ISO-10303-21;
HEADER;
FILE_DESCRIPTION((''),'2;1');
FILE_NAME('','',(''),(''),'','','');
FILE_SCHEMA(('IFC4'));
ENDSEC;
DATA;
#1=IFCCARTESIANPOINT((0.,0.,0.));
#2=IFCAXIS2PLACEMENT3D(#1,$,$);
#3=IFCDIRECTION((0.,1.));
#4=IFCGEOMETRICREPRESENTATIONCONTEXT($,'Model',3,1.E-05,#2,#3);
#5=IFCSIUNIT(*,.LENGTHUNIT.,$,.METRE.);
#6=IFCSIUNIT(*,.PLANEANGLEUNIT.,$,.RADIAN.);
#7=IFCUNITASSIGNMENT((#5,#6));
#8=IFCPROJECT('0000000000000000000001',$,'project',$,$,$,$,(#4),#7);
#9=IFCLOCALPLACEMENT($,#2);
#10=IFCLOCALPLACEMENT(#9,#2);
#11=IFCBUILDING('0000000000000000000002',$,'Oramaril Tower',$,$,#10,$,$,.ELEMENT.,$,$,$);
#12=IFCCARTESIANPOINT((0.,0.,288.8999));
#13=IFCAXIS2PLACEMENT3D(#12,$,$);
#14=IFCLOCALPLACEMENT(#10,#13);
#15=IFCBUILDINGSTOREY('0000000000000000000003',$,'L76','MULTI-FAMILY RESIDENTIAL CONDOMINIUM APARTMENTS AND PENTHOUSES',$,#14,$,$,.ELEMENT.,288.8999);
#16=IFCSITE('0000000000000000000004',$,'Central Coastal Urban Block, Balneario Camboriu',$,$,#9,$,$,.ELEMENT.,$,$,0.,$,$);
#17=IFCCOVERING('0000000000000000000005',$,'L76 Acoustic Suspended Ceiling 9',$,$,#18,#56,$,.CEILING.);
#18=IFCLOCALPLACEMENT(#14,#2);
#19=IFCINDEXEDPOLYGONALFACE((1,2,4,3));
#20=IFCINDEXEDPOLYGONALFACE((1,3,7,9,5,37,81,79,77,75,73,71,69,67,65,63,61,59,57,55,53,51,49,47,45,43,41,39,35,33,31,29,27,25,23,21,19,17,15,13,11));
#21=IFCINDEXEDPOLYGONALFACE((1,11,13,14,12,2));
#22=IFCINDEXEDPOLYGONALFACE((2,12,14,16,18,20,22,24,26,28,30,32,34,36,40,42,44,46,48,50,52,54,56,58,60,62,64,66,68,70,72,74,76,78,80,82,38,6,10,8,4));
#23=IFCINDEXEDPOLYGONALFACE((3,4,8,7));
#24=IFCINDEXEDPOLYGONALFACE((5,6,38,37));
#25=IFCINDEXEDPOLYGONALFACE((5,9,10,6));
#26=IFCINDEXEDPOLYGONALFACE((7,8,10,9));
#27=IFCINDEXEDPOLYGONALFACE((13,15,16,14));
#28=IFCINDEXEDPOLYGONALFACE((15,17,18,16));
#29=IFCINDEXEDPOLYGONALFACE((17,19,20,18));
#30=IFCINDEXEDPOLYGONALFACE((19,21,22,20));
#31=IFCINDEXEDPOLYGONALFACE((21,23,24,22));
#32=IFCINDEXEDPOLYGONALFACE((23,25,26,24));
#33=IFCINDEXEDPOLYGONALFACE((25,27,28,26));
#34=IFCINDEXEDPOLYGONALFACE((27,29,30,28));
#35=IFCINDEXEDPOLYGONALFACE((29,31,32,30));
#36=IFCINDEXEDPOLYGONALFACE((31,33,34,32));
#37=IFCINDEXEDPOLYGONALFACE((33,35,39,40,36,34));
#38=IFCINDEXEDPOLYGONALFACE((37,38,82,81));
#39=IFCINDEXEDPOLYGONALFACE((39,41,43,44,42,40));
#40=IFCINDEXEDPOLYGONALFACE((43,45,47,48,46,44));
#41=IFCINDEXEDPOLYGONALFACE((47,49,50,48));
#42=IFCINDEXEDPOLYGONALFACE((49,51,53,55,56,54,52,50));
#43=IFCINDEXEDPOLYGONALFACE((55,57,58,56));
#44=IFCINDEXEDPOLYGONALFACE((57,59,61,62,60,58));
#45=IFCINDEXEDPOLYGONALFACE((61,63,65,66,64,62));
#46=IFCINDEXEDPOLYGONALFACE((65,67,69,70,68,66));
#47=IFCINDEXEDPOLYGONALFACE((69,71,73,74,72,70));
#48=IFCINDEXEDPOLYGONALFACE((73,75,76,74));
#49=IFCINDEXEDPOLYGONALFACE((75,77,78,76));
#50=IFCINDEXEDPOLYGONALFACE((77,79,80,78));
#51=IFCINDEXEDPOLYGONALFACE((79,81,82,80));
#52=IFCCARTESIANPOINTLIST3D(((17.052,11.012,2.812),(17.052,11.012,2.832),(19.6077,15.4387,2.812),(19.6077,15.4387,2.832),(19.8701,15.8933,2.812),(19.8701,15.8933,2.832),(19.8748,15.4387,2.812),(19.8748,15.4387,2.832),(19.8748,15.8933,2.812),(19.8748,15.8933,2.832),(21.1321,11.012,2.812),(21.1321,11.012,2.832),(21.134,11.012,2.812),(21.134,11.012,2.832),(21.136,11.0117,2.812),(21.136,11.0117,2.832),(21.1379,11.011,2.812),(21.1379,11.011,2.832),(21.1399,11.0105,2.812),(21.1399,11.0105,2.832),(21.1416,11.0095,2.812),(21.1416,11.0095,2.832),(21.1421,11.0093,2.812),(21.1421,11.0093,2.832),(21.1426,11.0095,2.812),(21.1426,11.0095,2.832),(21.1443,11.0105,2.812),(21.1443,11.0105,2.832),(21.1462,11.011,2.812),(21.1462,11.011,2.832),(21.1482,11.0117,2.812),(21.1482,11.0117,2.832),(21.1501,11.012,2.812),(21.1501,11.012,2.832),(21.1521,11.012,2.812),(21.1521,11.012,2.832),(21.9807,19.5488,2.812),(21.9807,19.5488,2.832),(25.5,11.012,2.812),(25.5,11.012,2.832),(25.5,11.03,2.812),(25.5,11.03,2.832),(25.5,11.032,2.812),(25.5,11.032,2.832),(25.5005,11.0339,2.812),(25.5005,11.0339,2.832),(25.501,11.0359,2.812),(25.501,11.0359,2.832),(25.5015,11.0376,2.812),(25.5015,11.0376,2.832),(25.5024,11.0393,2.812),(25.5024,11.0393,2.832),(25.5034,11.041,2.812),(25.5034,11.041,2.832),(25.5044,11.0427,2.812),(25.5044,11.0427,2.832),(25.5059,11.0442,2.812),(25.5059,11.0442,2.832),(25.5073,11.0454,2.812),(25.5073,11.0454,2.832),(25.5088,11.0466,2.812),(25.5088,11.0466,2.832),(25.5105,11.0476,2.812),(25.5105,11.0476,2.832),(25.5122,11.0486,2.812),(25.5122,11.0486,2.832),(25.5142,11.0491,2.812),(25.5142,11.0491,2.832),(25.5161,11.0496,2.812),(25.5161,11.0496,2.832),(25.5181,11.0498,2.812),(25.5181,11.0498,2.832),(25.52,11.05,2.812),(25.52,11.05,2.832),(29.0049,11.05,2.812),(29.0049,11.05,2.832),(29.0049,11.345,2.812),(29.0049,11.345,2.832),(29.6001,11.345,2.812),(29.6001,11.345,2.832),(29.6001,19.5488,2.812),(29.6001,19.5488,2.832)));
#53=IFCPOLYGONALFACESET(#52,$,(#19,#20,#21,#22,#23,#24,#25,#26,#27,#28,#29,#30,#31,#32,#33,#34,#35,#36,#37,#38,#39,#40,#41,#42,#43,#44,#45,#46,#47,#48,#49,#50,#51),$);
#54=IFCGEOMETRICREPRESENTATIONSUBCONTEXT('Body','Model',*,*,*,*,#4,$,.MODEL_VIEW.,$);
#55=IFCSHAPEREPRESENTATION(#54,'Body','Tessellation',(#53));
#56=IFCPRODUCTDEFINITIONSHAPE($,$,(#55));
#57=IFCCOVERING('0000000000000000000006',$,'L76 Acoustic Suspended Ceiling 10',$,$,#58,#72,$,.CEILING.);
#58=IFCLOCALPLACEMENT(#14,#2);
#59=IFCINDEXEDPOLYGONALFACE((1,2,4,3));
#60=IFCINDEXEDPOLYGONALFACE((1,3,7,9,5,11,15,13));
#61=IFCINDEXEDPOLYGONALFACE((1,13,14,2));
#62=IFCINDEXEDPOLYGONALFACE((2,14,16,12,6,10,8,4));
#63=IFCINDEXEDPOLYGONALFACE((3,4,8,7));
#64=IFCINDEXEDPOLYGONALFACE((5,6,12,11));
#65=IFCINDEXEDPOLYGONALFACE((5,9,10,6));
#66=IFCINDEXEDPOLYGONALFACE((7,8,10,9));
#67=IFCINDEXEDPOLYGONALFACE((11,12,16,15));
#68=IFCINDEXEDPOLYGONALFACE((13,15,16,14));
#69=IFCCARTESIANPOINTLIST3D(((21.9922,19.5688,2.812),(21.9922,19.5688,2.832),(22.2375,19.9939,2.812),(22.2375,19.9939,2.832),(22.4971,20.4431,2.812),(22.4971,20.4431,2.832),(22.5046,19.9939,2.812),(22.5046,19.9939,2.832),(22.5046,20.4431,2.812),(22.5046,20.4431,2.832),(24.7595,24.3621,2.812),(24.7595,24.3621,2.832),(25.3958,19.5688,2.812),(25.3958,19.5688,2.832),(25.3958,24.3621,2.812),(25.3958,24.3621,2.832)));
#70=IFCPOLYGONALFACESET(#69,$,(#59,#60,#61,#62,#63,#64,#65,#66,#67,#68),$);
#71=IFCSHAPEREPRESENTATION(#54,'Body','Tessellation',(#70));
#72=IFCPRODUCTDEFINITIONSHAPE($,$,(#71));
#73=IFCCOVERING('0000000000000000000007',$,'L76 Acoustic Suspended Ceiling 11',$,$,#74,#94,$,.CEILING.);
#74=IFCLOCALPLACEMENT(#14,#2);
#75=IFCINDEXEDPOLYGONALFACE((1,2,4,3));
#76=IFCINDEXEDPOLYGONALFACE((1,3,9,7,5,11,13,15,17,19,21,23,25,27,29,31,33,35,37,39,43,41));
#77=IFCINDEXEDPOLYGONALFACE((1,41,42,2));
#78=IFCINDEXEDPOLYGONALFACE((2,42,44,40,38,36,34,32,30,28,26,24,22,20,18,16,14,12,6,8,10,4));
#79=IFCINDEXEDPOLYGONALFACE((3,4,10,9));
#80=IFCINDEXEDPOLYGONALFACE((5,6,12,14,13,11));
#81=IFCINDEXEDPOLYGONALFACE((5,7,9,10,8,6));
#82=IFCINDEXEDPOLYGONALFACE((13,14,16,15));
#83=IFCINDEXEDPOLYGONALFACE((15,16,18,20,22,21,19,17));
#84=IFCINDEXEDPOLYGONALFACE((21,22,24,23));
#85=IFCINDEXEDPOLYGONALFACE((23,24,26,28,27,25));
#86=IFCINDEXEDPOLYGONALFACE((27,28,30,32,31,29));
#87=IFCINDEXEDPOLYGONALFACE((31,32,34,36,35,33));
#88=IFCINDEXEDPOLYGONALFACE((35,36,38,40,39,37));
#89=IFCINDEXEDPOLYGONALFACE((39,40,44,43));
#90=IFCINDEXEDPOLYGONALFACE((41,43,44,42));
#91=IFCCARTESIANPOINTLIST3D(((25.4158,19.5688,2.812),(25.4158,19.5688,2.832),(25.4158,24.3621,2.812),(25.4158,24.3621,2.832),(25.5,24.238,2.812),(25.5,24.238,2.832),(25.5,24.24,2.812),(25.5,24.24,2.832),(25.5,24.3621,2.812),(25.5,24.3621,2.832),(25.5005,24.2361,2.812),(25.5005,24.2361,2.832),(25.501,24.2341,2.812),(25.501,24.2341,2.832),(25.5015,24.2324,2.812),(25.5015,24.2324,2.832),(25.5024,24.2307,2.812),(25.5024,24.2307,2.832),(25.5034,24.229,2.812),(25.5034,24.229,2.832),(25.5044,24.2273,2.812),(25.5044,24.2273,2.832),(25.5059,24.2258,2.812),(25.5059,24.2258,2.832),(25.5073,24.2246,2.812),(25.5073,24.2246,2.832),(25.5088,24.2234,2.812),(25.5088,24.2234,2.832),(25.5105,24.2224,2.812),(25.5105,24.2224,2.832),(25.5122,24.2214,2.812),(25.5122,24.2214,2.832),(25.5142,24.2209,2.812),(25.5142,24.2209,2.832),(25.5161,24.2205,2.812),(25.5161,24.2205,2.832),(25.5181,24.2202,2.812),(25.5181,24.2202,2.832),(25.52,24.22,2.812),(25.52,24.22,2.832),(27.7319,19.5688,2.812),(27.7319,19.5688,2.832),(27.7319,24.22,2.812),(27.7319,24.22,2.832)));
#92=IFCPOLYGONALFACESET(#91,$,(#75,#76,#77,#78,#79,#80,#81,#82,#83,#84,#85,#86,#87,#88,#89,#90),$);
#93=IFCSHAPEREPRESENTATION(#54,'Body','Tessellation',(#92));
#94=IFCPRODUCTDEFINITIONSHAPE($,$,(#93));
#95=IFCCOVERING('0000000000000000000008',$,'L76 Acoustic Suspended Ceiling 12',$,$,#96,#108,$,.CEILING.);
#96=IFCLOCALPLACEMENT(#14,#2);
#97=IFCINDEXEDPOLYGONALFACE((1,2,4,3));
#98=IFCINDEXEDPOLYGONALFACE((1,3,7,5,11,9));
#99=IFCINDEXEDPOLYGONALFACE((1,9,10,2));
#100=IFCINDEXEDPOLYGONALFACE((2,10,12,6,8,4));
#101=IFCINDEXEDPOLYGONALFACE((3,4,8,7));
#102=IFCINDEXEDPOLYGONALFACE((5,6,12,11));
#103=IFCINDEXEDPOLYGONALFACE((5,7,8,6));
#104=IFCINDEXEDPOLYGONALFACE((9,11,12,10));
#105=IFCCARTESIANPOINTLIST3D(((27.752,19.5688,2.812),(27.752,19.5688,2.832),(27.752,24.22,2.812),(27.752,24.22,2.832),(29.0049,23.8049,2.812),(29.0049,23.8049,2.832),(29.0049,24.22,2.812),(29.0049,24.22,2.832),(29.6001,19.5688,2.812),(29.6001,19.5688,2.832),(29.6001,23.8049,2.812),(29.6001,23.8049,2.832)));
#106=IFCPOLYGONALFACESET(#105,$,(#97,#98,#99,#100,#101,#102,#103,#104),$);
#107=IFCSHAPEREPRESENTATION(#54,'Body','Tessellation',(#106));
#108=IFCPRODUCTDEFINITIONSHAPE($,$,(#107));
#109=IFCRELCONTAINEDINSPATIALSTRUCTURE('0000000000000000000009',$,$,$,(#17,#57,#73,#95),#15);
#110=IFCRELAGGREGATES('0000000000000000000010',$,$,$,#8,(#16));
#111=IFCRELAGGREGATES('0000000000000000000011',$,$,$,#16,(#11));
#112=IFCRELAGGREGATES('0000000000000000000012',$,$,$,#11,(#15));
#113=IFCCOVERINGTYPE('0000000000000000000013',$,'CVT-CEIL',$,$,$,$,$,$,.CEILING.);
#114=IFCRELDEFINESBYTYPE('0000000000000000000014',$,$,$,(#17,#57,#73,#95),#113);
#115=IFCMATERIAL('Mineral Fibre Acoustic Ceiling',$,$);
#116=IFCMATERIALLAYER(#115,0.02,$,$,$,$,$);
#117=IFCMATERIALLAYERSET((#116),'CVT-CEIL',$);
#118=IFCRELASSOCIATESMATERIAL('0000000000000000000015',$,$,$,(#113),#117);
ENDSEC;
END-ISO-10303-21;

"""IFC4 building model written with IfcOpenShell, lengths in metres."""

from ifc_helpers import new_model, si_unit, direction, frame, origin, place, context, subcontext, project, spatial, polyline, outline, extrude, material, layer, layer_set, type_object, element, save


model = new_model("IFC4")

# Units and contexts
model_context = context("Model", 3, precision=1e-05, world=origin(), true_north=direction((0.0, 1.0)))
body_context = subcontext(model_context, "Body", "Model", "MODEL_VIEW")
ifc_project = project(units=[si_unit("LENGTHUNIT", "METRE"), si_unit("PLANEANGLEUNIT", "RADIAN")], contexts=[model_context])

# Site, building, storey
site_placement = place(None, origin())
site = spatial("IfcSite", under=ifc_project, at=site_placement, Name="Central Coastal Urban Block, Balneario Camboriu", CompositionType="ELEMENT", RefElevation=0.0)
building_placement = place(site_placement, origin())
building = spatial("IfcBuilding", under=site, at=building_placement, Name="Oramaril Tower", CompositionType="ELEMENT")
storey_placement = place(building_placement, frame((0.0, 0.0, 288.8999)))
storey = spatial("IfcBuildingStorey", under=building, at=storey_placement, Name="L76", Description="MULTI-FAMILY RESIDENTIAL CONDOMINIUM APARTMENTS AND PENTHOUSES", CompositionType="ELEMENT", Elevation=288.8999)

# Coverings
ifc_material_1 = material(Name="Mineral Fibre Acoustic Ceiling")
ifc_layer_1 = layer(ifc_material_1, 0.02)
ifc_layer_set_1 = layer_set([ifc_layer_1], Name="CVT-CEIL")
covering_type_1 = type_object("IfcCoveringType", Name="CVT-CEIL", PredefinedType="CEILING", material=ifc_layer_set_1)
covering_1_placement = place(storey_placement, frame((0.0, 0.0, 2.812)))
element("IfcCovering", 1, at=covering_1_placement, inside=storey, type_object=covering_type_1, Name="L76 Acoustic Suspended Ceiling 9", PredefinedType="CEILING", context=body_context, shape_type="SweptSolid", body=[
    extrude(outline(polyline([(19.6077, 15.4387), (19.8748, 15.4387), (19.8748, 15.8933), (19.8701, 15.8933), (21.9807, 19.5488), (29.6001, 19.5488), (29.6001, 11.345), (29.0049, 11.345), (29.0049, 11.05), (25.52, 11.05), (25.5181, 11.0498), (25.5161, 11.0496), (25.5142, 11.0491), (25.5122, 11.0486), (25.5105, 11.0476), (25.5088, 11.0466), (25.5073, 11.0454), (25.5059, 11.0442), (25.5044, 11.0427), (25.5034, 11.041), (25.5024, 11.0393), (25.5015, 11.0376), (25.501, 11.0359), (25.5005, 11.0339), (25.5, 11.032), (25.5, 11.03), (25.5, 11.012), (21.1521, 11.012), (21.1501, 11.012), (21.1482, 11.0117), (21.1462, 11.011), (21.1443, 11.0105), (21.1426, 11.0095), (21.1421, 11.0093), (21.1416, 11.0095), (21.1399, 11.0105), (21.1379, 11.011), (21.136, 11.0117), (21.134, 11.012), (21.1321, 11.012), (17.052, 11.012), (19.6077, 15.4387)])), origin(), (0.0, 0.0, 1.0), 0.02),
])
covering_2_placement = place(storey_placement, frame((0.0, 0.0, 2.812)))
element("IfcCovering", 2, at=covering_2_placement, inside=storey, type_object=covering_type_1, Name="L76 Acoustic Suspended Ceiling 10", PredefinedType="CEILING", context=body_context, shape_type="SweptSolid", body=[
    extrude(outline(polyline([(22.5046, 19.9939), (22.5046, 20.4431), (22.4971, 20.4431), (24.7595, 24.3621), (25.3958, 24.3621), (25.3958, 19.5688), (21.9922, 19.5688), (22.2375, 19.9939), (22.5046, 19.9939)])), origin(), (0.0, 0.0, 1.0), 0.02),
])
covering_3_placement = place(storey_placement, frame((0.0, 0.0, 2.812)))
element("IfcCovering", 3, at=covering_3_placement, inside=storey, type_object=covering_type_1, Name="L76 Acoustic Suspended Ceiling 11", PredefinedType="CEILING", context=body_context, shape_type="SweptSolid", body=[
    extrude(outline(polyline([(25.5, 24.3621), (25.5, 24.24), (25.5, 24.238), (25.5005, 24.2361), (25.501, 24.2341), (25.5015, 24.2324), (25.5024, 24.2307), (25.5034, 24.229), (25.5044, 24.2273), (25.5059, 24.2258), (25.5073, 24.2246), (25.5088, 24.2234), (25.5105, 24.2224), (25.5122, 24.2214), (25.5142, 24.2209), (25.5161, 24.2205), (25.5181, 24.2202), (25.52, 24.22), (27.7319, 24.22), (27.7319, 19.5688), (25.4158, 19.5688), (25.4158, 24.3621), (25.5, 24.3621)])), origin(), (0.0, 0.0, 1.0), 0.02),
])
covering_4_placement = place(storey_placement, frame((0.0, 0.0, 2.812)))
element("IfcCovering", 4, at=covering_4_placement, inside=storey, type_object=covering_type_1, Name="L76 Acoustic Suspended Ceiling 12", PredefinedType="CEILING", context=body_context, shape_type="SweptSolid", body=[
    extrude(outline(polyline([(29.0049, 23.8049), (29.6001, 23.8049), (29.6001, 19.5688), (27.752, 19.5688), (27.752, 24.22), (29.0049, 24.22), (29.0049, 23.8049)])), origin(), (0.0, 0.0, 1.0), 0.02),
])

save(model, "model.ifc")
